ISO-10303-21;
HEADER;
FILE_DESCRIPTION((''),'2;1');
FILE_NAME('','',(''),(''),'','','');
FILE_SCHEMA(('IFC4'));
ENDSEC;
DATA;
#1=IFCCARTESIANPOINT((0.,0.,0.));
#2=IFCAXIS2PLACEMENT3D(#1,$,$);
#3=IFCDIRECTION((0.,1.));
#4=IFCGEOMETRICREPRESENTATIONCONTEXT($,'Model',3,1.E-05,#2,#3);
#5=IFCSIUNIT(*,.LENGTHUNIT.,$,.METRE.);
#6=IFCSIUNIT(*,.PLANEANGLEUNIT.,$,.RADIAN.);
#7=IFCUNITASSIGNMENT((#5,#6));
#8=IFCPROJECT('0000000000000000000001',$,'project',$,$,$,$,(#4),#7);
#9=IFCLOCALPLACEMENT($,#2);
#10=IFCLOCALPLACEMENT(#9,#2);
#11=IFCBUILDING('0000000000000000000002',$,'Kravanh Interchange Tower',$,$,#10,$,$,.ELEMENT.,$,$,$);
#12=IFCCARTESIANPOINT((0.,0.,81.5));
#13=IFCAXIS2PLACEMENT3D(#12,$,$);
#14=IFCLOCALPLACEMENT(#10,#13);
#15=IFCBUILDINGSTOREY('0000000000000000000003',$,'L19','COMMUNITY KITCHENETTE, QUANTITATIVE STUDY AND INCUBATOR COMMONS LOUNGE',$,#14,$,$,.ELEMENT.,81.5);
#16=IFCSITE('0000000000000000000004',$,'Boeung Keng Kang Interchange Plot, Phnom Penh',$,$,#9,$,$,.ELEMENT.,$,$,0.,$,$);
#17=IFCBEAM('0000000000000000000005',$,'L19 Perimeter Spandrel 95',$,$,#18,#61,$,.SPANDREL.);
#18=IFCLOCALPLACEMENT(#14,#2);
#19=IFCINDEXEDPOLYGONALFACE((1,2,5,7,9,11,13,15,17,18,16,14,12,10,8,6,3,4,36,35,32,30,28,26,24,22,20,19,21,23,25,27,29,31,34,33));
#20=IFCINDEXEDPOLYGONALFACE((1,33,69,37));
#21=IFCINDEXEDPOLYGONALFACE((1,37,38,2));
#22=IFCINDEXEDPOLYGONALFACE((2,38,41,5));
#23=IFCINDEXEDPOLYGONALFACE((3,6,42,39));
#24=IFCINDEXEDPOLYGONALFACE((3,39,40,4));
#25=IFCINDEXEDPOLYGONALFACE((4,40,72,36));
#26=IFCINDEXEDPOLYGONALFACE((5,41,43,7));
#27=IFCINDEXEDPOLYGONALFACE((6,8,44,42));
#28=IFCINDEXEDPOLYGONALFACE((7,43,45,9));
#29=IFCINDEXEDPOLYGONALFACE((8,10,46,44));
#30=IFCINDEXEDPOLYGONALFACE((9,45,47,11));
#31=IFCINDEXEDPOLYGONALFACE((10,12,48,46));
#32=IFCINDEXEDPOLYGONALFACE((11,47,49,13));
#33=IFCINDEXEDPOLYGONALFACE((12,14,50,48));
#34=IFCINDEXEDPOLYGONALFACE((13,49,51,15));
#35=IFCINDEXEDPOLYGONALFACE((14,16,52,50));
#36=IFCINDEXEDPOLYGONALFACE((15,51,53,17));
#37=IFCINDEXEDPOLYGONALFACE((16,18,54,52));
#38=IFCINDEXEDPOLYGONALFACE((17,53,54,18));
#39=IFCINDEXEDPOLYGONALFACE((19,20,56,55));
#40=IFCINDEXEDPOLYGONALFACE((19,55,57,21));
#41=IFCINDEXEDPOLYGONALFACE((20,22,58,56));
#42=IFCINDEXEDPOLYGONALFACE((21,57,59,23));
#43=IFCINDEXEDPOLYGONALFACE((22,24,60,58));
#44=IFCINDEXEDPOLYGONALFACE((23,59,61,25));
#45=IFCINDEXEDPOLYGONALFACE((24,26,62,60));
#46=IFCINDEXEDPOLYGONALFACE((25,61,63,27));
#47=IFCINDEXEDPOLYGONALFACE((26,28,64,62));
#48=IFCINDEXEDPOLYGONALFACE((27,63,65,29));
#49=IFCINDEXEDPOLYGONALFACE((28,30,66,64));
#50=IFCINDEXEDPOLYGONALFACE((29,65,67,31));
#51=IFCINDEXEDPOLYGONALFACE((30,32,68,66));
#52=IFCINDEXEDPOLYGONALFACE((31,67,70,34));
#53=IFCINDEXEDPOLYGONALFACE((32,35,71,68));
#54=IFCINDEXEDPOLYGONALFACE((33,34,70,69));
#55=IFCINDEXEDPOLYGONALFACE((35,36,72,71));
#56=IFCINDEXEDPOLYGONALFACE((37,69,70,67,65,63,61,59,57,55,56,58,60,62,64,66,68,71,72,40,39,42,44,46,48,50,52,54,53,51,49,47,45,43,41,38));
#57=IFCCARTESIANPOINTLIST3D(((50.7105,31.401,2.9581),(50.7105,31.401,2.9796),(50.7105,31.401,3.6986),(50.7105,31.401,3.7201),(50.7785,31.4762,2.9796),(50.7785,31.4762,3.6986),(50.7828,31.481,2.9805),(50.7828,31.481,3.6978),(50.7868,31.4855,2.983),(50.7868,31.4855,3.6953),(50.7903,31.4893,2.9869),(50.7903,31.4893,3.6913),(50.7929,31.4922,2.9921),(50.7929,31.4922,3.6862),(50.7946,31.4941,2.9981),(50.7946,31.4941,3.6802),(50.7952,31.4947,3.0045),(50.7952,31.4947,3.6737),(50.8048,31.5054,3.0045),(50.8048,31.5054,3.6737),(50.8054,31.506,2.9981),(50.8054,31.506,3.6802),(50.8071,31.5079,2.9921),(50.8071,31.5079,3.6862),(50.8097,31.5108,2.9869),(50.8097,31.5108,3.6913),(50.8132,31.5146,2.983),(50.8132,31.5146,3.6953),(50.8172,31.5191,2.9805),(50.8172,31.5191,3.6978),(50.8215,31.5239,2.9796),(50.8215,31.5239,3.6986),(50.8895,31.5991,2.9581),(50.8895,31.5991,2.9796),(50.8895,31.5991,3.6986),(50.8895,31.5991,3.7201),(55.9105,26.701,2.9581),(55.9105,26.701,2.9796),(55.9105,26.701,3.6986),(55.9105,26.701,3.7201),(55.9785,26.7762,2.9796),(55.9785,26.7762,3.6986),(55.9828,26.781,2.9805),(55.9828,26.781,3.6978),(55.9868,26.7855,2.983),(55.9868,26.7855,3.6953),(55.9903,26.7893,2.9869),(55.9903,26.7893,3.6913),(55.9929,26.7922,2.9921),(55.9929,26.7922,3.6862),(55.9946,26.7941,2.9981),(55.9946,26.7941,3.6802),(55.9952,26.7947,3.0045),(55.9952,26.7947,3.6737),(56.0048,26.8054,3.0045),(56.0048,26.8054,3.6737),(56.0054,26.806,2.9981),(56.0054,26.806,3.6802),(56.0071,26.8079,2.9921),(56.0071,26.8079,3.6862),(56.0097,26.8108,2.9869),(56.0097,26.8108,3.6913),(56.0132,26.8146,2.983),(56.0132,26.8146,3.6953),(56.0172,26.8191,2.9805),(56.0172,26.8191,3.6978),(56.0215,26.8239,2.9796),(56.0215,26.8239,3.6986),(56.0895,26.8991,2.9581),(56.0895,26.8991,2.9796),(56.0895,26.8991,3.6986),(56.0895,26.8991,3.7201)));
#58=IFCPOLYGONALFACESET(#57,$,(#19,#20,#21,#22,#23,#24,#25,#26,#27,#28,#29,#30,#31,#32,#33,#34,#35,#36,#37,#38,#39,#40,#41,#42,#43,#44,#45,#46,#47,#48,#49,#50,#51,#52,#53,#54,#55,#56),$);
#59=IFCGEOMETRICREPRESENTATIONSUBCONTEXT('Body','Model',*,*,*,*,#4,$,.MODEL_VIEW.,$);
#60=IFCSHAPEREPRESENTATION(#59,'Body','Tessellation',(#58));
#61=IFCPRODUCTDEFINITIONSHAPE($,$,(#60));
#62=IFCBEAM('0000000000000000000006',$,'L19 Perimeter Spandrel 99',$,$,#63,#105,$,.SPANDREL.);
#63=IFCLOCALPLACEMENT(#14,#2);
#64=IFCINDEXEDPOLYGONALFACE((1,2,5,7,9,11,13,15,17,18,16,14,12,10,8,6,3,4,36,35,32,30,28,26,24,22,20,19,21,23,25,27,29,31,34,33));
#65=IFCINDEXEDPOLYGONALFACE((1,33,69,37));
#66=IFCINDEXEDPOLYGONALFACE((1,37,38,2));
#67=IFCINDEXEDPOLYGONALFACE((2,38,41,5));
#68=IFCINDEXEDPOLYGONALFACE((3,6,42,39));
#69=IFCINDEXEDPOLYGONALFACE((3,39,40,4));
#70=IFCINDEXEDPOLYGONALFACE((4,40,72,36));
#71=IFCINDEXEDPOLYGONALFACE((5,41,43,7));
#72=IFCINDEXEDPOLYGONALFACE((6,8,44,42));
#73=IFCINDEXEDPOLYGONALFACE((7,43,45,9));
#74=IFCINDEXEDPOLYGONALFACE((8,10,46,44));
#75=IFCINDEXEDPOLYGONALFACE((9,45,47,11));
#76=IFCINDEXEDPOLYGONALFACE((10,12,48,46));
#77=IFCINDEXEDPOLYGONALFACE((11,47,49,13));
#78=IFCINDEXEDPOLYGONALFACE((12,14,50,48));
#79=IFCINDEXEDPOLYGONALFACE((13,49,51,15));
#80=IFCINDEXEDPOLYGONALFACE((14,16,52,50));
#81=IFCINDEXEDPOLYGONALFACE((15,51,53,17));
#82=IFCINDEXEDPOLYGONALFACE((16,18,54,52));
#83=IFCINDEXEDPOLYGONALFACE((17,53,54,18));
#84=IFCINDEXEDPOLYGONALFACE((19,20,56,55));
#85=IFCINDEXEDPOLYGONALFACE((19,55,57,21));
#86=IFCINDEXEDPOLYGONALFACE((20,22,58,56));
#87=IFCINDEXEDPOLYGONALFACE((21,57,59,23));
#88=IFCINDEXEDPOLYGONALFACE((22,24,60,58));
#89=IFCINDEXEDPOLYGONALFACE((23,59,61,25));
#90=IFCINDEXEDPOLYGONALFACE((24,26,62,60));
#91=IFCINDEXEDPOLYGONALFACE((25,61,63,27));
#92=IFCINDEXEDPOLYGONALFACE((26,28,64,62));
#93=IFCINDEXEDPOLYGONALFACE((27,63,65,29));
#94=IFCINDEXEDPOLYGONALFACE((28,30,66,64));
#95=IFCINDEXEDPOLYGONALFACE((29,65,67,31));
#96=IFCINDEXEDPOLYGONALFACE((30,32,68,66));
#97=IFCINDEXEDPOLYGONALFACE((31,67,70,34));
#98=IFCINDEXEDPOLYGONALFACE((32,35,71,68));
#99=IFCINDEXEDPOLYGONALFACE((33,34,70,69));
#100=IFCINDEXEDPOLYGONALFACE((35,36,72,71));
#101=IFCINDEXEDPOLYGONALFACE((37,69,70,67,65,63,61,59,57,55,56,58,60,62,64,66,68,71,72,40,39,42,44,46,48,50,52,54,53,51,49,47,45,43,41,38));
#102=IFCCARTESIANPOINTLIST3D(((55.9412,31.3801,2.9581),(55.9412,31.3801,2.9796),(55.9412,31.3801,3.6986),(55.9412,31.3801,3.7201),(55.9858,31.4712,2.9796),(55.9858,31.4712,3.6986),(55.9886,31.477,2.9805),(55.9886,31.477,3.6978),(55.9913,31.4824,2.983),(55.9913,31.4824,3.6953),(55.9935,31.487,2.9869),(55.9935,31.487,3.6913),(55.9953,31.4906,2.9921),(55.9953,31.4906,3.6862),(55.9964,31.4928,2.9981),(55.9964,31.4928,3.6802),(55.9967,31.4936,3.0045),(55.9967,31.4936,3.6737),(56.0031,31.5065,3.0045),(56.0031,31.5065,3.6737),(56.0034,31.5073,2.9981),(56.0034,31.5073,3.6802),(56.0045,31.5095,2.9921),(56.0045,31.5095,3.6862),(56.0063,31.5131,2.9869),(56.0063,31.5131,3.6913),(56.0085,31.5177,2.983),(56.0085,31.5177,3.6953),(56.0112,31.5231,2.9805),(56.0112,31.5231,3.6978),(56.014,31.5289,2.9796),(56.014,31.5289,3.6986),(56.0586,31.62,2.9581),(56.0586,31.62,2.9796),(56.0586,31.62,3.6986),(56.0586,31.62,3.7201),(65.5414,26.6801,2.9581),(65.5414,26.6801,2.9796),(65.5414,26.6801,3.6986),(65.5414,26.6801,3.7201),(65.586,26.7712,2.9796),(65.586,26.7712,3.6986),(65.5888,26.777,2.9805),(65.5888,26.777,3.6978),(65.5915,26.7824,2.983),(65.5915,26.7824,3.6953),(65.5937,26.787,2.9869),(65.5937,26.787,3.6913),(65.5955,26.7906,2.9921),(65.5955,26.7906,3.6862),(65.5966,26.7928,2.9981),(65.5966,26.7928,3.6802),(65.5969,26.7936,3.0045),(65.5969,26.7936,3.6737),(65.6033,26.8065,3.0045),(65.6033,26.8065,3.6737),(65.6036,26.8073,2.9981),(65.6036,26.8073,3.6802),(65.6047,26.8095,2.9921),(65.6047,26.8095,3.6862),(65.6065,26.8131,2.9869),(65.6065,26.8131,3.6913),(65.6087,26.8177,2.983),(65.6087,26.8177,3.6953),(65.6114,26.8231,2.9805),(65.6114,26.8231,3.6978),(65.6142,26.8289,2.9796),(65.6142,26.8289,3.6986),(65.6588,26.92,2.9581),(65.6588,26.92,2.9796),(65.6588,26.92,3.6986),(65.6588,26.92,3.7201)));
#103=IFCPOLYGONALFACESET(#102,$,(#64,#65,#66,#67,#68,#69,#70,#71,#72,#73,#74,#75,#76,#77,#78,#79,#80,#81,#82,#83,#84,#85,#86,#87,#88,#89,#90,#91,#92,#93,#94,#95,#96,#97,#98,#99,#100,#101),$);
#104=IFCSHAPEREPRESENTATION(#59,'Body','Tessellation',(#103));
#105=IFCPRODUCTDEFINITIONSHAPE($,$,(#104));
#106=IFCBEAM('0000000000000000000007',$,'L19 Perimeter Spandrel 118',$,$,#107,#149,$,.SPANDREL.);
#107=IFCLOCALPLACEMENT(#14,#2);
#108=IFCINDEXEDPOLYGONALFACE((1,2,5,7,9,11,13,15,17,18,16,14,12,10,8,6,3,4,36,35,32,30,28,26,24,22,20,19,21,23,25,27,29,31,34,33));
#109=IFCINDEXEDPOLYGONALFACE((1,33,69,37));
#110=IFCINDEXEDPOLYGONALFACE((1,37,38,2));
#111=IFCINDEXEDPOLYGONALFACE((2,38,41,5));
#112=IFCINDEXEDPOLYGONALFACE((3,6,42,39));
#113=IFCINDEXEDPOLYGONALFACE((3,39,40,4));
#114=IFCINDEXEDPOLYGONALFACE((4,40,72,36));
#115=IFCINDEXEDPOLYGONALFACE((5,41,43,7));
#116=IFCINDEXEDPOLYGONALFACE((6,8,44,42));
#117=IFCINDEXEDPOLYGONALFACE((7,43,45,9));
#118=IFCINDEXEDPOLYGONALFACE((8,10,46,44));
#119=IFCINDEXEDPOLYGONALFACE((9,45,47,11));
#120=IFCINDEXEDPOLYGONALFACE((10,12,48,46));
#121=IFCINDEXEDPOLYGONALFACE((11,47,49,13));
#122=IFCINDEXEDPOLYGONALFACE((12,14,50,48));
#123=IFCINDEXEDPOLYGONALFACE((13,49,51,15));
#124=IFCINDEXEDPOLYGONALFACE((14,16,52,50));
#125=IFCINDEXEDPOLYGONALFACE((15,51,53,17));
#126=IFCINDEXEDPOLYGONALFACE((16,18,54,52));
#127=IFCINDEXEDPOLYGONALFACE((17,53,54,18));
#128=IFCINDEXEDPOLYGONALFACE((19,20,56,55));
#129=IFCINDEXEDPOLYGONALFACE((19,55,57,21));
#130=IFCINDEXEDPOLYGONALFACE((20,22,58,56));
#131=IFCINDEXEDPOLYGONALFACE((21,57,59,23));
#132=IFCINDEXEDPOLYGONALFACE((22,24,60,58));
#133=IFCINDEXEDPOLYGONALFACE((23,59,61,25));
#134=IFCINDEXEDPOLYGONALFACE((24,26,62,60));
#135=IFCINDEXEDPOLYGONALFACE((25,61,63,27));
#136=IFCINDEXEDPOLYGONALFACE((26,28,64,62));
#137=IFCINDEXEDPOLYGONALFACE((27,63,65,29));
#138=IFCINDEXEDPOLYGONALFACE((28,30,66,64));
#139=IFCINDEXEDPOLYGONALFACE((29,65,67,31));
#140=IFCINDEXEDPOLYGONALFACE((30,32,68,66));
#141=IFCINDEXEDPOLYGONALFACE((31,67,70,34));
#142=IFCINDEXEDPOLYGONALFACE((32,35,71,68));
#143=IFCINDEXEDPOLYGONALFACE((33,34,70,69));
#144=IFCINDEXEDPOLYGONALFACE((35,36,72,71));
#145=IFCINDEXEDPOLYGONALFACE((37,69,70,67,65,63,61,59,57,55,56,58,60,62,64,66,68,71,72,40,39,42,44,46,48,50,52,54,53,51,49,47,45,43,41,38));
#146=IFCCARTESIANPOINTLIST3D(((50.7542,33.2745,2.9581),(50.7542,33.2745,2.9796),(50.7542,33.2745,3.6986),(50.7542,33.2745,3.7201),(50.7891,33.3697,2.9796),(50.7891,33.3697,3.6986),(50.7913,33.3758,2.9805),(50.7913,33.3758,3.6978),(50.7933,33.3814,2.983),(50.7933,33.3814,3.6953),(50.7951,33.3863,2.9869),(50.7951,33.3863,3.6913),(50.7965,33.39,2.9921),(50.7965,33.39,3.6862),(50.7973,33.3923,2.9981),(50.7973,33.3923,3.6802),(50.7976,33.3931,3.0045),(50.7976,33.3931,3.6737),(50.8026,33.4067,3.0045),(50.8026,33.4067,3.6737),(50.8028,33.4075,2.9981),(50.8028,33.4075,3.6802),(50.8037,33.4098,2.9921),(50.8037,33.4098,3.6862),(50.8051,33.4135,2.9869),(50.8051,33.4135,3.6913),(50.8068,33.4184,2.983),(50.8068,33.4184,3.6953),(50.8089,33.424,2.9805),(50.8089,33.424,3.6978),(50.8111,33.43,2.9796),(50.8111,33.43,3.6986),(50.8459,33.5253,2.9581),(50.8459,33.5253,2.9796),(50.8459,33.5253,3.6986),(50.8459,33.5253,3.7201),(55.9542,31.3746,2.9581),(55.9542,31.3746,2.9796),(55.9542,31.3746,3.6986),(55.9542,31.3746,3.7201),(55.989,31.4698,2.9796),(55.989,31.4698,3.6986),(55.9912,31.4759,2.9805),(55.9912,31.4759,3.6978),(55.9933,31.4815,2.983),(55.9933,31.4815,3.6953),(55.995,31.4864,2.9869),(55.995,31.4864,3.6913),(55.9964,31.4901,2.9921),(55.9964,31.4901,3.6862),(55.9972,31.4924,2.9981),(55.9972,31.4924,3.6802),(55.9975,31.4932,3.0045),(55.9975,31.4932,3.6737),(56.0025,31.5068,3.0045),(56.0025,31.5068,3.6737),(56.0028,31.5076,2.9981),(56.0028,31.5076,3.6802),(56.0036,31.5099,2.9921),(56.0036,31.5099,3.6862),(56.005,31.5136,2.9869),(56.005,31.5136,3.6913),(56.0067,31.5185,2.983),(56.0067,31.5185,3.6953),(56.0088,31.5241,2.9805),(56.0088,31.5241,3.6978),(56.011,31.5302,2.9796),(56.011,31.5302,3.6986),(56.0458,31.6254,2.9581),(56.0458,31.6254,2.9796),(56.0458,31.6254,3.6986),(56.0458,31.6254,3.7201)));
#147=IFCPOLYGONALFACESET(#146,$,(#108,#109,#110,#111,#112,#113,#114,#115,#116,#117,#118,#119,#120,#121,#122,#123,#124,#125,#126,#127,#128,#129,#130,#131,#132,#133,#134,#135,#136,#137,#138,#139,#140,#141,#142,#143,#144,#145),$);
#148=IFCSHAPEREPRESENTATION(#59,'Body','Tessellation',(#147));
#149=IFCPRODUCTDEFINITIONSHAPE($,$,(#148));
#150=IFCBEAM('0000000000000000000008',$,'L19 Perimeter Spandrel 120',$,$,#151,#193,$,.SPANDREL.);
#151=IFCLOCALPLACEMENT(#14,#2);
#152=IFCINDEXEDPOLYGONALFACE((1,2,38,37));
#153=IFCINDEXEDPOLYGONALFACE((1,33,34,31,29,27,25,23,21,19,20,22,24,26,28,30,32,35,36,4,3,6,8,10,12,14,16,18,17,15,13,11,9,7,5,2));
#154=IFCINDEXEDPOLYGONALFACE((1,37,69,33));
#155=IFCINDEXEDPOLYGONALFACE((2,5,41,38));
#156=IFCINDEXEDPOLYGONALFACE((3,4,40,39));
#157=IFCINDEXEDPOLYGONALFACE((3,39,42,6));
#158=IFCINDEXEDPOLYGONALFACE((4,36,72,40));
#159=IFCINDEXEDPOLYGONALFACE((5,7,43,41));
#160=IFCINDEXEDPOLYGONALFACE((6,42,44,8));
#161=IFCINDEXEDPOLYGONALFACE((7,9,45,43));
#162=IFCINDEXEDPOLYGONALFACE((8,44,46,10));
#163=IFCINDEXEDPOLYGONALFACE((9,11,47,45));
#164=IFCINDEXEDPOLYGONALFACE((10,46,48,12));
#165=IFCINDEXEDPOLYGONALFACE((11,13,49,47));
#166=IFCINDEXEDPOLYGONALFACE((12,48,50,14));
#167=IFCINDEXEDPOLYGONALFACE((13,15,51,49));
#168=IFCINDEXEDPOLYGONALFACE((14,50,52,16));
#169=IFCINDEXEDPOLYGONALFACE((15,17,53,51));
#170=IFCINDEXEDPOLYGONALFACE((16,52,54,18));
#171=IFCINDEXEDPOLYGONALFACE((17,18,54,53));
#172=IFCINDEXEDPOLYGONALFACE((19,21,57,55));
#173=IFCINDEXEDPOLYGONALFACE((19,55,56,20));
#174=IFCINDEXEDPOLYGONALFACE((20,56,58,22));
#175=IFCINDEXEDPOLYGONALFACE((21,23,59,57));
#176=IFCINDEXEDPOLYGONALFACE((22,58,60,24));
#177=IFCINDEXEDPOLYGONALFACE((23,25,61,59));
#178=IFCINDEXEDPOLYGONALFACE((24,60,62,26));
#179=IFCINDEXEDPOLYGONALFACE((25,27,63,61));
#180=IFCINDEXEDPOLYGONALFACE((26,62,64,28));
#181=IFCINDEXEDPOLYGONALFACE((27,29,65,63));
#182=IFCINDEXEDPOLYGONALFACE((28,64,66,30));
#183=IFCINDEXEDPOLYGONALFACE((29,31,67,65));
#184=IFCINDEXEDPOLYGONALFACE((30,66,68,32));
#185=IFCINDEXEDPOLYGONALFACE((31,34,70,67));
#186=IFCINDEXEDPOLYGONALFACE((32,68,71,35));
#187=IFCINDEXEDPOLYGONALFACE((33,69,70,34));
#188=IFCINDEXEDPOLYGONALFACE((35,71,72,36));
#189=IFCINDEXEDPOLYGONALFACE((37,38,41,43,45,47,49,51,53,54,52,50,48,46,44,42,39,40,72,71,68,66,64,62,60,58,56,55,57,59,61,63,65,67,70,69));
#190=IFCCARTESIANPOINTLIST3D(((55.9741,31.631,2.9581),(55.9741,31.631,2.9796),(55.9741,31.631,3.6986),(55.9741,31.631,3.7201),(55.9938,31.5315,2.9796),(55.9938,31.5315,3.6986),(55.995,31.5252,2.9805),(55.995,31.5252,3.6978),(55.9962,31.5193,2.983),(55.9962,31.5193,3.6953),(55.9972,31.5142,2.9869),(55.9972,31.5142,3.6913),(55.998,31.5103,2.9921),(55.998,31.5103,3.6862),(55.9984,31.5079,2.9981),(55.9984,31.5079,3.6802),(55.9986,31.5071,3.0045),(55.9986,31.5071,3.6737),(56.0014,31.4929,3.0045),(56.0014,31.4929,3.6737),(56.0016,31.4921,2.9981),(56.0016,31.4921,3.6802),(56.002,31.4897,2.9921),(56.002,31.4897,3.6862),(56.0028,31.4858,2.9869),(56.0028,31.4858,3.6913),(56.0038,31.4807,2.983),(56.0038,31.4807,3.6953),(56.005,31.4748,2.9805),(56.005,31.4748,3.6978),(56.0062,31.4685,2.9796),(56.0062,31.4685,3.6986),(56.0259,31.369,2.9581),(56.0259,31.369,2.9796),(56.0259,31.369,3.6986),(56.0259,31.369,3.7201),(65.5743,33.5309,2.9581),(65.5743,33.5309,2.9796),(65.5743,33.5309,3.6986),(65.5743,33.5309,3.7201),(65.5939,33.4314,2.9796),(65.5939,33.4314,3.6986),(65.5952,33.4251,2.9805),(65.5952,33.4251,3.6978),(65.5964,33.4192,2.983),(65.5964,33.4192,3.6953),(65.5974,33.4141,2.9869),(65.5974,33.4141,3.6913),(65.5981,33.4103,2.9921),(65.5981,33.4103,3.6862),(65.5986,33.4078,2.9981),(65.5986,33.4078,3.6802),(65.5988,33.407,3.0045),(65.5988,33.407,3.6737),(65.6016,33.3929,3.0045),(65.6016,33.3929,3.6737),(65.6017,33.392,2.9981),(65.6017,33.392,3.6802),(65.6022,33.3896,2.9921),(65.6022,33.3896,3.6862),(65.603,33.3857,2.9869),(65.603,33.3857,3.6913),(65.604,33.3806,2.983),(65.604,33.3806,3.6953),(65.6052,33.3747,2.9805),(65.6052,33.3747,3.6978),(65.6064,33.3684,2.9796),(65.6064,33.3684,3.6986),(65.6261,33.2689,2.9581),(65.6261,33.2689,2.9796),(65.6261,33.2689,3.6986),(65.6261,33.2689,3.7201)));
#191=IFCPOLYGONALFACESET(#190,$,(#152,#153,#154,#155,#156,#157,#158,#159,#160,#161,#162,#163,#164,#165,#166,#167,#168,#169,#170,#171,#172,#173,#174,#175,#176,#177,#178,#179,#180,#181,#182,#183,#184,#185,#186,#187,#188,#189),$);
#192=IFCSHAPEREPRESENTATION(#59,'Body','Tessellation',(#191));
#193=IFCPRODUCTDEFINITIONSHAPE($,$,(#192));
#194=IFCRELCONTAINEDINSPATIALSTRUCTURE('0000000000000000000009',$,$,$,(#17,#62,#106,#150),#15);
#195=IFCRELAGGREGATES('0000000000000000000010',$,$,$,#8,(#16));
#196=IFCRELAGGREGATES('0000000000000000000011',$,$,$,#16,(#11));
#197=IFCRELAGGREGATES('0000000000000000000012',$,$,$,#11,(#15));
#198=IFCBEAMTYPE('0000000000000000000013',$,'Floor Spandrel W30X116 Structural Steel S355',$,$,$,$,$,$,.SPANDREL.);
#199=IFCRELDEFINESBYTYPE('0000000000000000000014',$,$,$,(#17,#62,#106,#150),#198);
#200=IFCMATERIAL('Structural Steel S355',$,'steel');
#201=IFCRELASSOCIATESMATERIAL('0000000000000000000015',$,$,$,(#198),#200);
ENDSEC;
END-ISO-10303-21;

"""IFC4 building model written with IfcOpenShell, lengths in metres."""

from ifc_helpers import new_model, si_unit, direction, frame, origin, origin_2d, place, context, subcontext, project, spatial, i_section, extrude, material, material_profile, profile_set, type_object, element, save


model = new_model("IFC4")

# Units and contexts
model_context = context("Model", 3, precision=1e-05, world=origin(), true_north=direction((0.0, 1.0)))
body_context = subcontext(model_context, "Body", "Model", "MODEL_VIEW")
ifc_project = project(units=[si_unit("LENGTHUNIT", "METRE"), si_unit("PLANEANGLEUNIT", "RADIAN")], contexts=[model_context])

# Site, building, storey
site_placement = place(None, origin())
site = spatial("IfcSite", under=ifc_project, at=site_placement, Name="Boeung Keng Kang Interchange Plot, Phnom Penh", CompositionType="ELEMENT", RefElevation=0.0)
building_placement = place(site_placement, origin())
building = spatial("IfcBuilding", under=site, at=building_placement, Name="Kravanh Interchange Tower", CompositionType="ELEMENT")
storey_placement = place(building_placement, frame((0.0, 0.0, 81.5)))
storey = spatial("IfcBuildingStorey", under=building, at=storey_placement, Name="L19", Description="COMMUNITY KITCHENETTE, QUANTITATIVE STUDY AND INCUBATOR COMMONS LOUNGE", CompositionType="ELEMENT", Elevation=81.5)

# Beams
ifc_material_1 = material(Name="Structural Steel S355", Category="steel")
ifc_material_profile_1 = material_profile(ifc_material_1, i_section(OverallWidth=0.2671, OverallDepth=0.762, WebThickness=0.0144, FlangeThickness=0.0215, FilletRadius=0.0249, at=origin_2d()), Name="W30X116")
ifc_profile_set_1 = profile_set([ifc_material_profile_1], Name="Structural Steel S355")
beam_type_1 = type_object("IfcBeamType", Name="Floor Spandrel W30X116 Structural Steel S355", PredefinedType="SPANDREL", material=ifc_profile_set_1)
beam_1_placement = place(storey_placement, frame((56.0, 26.8, 3.3391), z_axis=(-0.741874, 0.670539, 0.0), x_axis=(-0.670539, -0.741874, 0.0)))
element("IfcBeam", 1, at=beam_1_placement, inside=storey, type_object=beam_type_1, Name="L19 Perimeter Spandrel 95", PredefinedType="SPANDREL", context=body_context, shape_type="SweptSolid", body=[
    extrude(i_section(OverallWidth=0.2671, OverallDepth=0.762, WebThickness=0.0144, FlangeThickness=0.0215, FilletRadius=0.0249, at=origin_2d()), origin(), (0.0, 0.0, 1.0), 7.0093),
])
beam_2_placement = place(storey_placement, frame((65.6001, 26.8, 3.3391), z_axis=(-0.898142, 0.439706, 0.0), x_axis=(-0.439706, -0.898142, 0.0)))
element("IfcBeam", 2, at=beam_2_placement, inside=storey, type_object=beam_type_1, Name="L19 Perimeter Spandrel 99", PredefinedType="SPANDREL", context=body_context, shape_type="SweptSolid", body=[
    extrude(i_section(OverallWidth=0.2671, OverallDepth=0.762, WebThickness=0.0144, FlangeThickness=0.0215, FilletRadius=0.0249, at=origin_2d()), origin(), (0.0, 0.0, 1.0), 10.689),
])
beam_3_placement = place(storey_placement, frame((56.0, 31.5, 3.3391), z_axis=(-0.93927, 0.34318, 0.0), x_axis=(-0.34318, -0.93927, 0.0)))
element("IfcBeam", 3, at=beam_3_placement, inside=storey, type_object=beam_type_1, Name="L19 Perimeter Spandrel 118", PredefinedType="SPANDREL", context=body_context, shape_type="SweptSolid", body=[
    extrude(i_section(OverallWidth=0.2671, OverallDepth=0.762, WebThickness=0.0144, FlangeThickness=0.0215, FilletRadius=0.0249, at=origin_2d()), origin(), (0.0, 0.0, 1.0), 5.5361),
])
beam_4_placement = place(storey_placement, frame((56.0, 31.5, 3.3391), z_axis=(0.980974, 0.194139, 0.0), x_axis=(-0.194139, 0.980974, 0.0)))
element("IfcBeam", 4, at=beam_4_placement, inside=storey, type_object=beam_type_1, Name="L19 Perimeter Spandrel 120", PredefinedType="SPANDREL", context=body_context, shape_type="SweptSolid", body=[
    extrude(i_section(OverallWidth=0.2671, OverallDepth=0.762, WebThickness=0.0144, FlangeThickness=0.0215, FilletRadius=0.0249, at=origin_2d()), origin(), (0.0, 0.0, 1.0), 9.7864),
])

save(model, "model.ifc")
